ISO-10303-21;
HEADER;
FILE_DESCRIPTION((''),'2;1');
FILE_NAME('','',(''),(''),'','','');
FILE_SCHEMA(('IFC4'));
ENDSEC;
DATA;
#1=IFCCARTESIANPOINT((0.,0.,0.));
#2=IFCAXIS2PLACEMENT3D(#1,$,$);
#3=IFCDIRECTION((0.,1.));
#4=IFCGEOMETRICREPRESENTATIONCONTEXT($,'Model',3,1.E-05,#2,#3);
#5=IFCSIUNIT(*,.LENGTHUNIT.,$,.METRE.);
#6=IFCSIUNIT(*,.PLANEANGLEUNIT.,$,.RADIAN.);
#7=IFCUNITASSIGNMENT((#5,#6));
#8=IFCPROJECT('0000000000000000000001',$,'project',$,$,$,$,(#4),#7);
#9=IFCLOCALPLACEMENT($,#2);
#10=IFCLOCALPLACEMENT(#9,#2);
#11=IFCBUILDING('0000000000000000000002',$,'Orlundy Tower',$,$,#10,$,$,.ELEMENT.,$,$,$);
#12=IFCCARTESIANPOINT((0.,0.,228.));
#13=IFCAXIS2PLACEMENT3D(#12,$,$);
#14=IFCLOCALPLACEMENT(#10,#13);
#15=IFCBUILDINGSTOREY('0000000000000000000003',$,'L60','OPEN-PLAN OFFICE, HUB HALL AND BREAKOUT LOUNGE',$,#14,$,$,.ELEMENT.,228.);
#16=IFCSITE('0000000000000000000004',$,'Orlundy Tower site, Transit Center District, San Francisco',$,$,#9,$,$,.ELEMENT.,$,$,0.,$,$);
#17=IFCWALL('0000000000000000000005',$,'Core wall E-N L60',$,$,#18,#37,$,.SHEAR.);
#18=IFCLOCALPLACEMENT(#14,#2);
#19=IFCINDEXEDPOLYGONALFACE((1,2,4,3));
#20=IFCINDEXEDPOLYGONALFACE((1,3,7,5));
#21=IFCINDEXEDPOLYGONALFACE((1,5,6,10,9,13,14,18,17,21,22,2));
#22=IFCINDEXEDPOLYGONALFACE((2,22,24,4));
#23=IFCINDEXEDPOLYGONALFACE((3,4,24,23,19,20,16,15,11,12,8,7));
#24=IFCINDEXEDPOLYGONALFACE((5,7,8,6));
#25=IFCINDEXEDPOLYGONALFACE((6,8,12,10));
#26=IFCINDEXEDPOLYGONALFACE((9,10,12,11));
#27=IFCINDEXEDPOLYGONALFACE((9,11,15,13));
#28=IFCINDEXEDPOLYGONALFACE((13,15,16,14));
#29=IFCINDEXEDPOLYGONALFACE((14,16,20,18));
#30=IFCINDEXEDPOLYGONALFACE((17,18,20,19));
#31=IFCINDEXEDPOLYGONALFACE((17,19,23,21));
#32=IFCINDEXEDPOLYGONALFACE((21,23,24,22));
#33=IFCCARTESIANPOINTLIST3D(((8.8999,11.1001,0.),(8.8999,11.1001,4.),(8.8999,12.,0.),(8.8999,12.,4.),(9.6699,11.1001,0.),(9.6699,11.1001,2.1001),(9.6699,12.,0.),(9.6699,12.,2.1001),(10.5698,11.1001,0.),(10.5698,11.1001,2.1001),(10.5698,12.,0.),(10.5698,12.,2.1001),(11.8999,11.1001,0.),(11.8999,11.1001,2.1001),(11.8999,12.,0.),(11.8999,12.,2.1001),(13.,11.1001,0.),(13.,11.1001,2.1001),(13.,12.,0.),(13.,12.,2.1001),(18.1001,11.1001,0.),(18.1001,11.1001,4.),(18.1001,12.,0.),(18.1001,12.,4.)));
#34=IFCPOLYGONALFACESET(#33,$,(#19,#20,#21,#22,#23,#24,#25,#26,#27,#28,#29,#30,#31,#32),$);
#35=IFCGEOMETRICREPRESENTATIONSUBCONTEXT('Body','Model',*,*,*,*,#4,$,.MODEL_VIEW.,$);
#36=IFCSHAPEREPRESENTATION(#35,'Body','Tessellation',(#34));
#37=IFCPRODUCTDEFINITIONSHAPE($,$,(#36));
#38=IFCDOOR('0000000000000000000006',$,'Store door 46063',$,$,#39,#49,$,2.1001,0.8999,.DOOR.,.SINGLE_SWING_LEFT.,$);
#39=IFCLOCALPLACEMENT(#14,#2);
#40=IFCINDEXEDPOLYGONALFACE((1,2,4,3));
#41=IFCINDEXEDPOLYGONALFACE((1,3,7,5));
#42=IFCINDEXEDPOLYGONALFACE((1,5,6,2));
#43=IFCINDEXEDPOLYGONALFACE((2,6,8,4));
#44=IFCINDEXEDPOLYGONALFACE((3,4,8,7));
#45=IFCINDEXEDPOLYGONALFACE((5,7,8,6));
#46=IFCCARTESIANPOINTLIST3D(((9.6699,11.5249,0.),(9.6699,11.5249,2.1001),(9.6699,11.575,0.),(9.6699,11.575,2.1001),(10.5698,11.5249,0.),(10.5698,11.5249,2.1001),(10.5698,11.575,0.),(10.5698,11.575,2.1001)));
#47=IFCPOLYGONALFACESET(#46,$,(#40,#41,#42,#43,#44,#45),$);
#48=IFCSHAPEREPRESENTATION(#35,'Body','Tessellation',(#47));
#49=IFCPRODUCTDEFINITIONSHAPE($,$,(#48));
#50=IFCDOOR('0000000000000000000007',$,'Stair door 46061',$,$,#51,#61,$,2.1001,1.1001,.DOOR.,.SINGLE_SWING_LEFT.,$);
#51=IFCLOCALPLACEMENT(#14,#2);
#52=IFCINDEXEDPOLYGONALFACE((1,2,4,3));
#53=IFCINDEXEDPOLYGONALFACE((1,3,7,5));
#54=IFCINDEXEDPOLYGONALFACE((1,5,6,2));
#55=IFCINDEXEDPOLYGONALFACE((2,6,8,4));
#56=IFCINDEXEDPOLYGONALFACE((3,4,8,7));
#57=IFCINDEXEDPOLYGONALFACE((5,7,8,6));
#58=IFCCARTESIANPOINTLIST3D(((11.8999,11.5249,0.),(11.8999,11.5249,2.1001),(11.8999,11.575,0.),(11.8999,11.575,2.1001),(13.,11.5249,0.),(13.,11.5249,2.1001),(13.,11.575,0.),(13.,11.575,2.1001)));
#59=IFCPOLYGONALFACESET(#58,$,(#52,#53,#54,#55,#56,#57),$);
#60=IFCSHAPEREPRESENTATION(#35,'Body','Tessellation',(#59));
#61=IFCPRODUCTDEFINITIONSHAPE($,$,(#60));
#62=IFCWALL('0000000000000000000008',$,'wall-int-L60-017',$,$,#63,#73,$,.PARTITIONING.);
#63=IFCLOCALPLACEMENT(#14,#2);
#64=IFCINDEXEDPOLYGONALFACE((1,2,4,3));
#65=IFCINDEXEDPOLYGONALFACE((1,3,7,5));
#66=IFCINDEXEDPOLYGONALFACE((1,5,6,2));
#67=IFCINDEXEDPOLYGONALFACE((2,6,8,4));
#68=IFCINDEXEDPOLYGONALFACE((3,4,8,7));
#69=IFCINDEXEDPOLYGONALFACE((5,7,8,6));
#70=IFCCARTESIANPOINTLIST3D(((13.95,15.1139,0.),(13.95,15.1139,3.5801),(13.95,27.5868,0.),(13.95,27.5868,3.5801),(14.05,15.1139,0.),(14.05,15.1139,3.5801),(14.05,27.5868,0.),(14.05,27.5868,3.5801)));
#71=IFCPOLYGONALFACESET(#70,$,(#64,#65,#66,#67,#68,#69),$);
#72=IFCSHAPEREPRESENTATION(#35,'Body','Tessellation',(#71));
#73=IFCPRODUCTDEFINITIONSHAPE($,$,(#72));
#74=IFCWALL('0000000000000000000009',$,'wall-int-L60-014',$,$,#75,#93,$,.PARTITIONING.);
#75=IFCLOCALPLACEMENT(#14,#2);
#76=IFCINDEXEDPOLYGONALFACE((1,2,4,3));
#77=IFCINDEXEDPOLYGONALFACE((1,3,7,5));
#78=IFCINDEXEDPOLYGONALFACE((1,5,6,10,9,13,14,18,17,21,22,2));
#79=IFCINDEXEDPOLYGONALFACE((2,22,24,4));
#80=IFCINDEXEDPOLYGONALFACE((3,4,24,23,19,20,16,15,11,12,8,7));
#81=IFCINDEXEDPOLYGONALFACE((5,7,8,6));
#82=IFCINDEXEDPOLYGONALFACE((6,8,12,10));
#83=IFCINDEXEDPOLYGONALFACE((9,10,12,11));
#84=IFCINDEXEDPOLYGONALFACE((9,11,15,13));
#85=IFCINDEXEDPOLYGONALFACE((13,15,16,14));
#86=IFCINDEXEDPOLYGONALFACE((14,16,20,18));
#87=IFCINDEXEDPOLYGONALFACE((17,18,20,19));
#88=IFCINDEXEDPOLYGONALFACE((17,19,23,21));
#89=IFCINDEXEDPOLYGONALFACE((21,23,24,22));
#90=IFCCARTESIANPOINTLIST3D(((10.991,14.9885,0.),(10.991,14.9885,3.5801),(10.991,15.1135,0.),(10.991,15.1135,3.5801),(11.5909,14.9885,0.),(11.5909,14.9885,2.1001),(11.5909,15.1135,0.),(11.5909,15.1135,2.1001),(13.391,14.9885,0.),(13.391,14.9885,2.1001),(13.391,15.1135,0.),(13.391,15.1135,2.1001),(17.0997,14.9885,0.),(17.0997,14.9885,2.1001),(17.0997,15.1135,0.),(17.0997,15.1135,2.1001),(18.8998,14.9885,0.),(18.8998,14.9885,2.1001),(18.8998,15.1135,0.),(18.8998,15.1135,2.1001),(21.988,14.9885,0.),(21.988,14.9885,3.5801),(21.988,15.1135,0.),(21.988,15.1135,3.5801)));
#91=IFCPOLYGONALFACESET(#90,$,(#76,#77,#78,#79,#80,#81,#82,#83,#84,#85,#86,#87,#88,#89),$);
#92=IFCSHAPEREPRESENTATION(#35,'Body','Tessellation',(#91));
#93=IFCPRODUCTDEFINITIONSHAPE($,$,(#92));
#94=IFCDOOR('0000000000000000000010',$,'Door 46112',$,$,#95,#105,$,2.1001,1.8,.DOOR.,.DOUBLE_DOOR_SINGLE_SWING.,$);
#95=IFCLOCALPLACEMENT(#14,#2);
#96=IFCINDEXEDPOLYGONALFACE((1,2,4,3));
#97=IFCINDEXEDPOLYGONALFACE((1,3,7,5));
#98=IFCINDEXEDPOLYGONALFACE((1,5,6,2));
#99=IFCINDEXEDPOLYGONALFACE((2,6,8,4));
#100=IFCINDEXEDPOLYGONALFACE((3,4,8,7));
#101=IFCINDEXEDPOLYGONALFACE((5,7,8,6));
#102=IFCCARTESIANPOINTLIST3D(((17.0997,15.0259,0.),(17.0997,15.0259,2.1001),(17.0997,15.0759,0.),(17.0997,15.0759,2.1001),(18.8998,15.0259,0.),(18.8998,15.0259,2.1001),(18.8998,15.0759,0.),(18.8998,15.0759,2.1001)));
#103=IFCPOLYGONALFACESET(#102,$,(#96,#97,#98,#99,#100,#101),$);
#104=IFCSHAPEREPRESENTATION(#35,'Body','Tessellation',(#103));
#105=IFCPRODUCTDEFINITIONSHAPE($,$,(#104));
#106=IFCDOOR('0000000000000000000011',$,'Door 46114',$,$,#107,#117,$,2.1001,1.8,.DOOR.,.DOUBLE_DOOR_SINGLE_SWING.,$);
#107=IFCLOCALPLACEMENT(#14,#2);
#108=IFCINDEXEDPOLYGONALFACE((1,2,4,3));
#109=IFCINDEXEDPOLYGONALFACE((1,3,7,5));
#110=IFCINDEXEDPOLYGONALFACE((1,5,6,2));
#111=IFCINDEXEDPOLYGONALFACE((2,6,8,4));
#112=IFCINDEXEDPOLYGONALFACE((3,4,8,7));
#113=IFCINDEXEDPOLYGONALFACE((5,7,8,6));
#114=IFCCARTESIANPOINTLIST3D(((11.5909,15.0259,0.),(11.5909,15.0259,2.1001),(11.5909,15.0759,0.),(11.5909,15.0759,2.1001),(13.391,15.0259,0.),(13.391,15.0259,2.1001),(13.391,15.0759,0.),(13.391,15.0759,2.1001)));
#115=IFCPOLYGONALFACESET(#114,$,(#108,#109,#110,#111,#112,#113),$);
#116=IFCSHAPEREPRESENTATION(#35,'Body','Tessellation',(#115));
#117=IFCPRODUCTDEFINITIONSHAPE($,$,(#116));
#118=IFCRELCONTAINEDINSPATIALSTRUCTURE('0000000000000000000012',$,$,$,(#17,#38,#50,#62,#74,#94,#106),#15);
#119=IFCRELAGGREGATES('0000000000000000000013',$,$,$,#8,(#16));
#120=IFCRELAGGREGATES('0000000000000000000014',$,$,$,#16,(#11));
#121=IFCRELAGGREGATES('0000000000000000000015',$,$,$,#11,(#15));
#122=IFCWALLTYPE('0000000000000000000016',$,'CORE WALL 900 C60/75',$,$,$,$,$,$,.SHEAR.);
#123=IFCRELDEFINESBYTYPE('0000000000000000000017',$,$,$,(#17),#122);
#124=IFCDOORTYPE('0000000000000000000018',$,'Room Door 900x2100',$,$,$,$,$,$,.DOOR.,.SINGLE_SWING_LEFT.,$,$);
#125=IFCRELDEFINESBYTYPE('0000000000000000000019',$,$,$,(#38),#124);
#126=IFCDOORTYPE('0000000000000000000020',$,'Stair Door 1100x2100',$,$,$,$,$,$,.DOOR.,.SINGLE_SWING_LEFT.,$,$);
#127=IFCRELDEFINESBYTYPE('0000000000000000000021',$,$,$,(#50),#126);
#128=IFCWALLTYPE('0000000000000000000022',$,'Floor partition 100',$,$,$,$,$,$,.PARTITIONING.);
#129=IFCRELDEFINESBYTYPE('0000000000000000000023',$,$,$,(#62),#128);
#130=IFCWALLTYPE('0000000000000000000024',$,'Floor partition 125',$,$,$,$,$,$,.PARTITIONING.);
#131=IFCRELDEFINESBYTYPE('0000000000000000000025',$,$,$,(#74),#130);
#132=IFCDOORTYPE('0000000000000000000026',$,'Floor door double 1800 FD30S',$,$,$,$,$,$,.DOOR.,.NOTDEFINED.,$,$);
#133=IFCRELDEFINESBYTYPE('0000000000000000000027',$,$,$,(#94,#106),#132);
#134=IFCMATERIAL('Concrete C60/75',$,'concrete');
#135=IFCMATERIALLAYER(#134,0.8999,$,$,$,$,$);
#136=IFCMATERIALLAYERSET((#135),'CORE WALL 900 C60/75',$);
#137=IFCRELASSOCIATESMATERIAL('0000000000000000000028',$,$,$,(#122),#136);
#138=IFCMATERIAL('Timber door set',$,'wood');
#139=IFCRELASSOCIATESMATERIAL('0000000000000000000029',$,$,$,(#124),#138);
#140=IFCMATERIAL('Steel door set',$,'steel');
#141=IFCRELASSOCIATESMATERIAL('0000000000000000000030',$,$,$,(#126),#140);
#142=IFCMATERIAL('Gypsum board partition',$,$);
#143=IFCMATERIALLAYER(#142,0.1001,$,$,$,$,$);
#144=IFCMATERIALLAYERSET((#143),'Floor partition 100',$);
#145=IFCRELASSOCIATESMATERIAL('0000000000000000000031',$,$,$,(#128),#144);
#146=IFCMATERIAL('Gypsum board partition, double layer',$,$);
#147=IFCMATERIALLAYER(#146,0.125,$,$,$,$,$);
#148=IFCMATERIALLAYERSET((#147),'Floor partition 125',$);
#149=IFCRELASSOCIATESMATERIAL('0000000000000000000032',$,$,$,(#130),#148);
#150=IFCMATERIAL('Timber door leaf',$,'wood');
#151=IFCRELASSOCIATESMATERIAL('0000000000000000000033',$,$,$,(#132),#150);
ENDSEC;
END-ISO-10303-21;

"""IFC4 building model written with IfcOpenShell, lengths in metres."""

from ifc_helpers import new_model, si_unit, direction, frame, frame_2d, origin, place, context, subcontext, project, spatial, rectangle, extrude, material, layer, layer_set, type_object, element, fill, save


model = new_model("IFC4")

# Units and contexts
model_context = context("Model", 3, precision=1e-05, world=origin(), true_north=direction((0.0, 1.0)))
body_context = subcontext(model_context, "Body", "Model", "MODEL_VIEW")
ifc_project = project(units=[si_unit("LENGTHUNIT", "METRE"), si_unit("PLANEANGLEUNIT", "RADIAN")], contexts=[model_context])

# Site, building, storey
site_placement = place(None, origin())
site = spatial("IfcSite", under=ifc_project, at=site_placement, Name="Orlundy Tower site, Transit Center District, San Francisco", CompositionType="ELEMENT", RefElevation=0.0)
building_placement = place(site_placement, origin())
building = spatial("IfcBuilding", under=site, at=building_placement, Name="Orlundy Tower", CompositionType="ELEMENT")
storey_placement = place(building_placement, frame((0.0, 0.0, 228.0)))
storey = spatial("IfcBuildingStorey", under=building, at=storey_placement, Name="L60", Description="OPEN-PLAN OFFICE, HUB HALL AND BREAKOUT LOUNGE", CompositionType="ELEMENT", Elevation=228.0)

# Wall, openings, doors
ifc_material_1 = material(Name="Concrete C60/75", Category="concrete")
ifc_layer_1 = layer(ifc_material_1, 0.8999)
ifc_layer_set_1 = layer_set([ifc_layer_1], Name="CORE WALL 900 C60/75")
wall_type_1 = type_object("IfcWallType", Name="CORE WALL 900 C60/75", PredefinedType="SHEAR", material=ifc_layer_set_1)
wall_1_placement = place(storey_placement, frame((8.8999, 11.55, 0.0), z_axis=(0.0, 0.0, 1.0), x_axis=(1.0, 0.0, 0.0)))
wall_1 = element("IfcWall", 1, at=wall_1_placement, inside=storey, type_object=wall_type_1, Name="Core wall E-N L60", PredefinedType="SHEAR", context=body_context, shape_type="SweptSolid", body=[
    extrude(rectangle(XDim=9.2002, YDim=0.8999, at=frame_2d((4.6001, 0.0))), origin(), (0.0, 0.0, 1.0), 4.0),
])
opening_1_placement = place(wall_1_placement, frame((3.0, 0.0, 0.0)))
opening_1 = element("IfcOpeningElement", 2, at=opening_1_placement, cuts=wall_1, PredefinedType="OPENING", context=body_context, shape_type="SweptSolid", body=[
    extrude(rectangle(XDim=1.1001, YDim=2.1001, at=frame_2d((0.55, 1.05))), frame((0.0, 0.46, 0.0), z_axis=(0.0, -1.0, 0.0), x_axis=(1.0, 0.0, 0.0)), (0.0, 0.0, 1.0), 0.9199),
])
opening_2_placement = place(wall_1_placement, frame((0.77, 0.0, 0.0)))
opening_2 = element("IfcOpeningElement", 3, at=opening_2_placement, cuts=wall_1, PredefinedType="OPENING", context=body_context, shape_type="SweptSolid", body=[
    extrude(rectangle(XDim=0.8999, YDim=2.1001, at=frame_2d((0.45, 1.05))), frame((0.0, 0.46, 0.0), z_axis=(0.0, -1.0, 0.0), x_axis=(1.0, 0.0, 0.0)), (0.0, 0.0, 1.0), 0.9199),
])
ifc_material_2 = material(Name="Timber door set", Category="wood")
door_type_1 = type_object("IfcDoorType", Name="Room Door 900x2100", OperationType="SINGLE_SWING_LEFT", PredefinedType="DOOR", material=ifc_material_2)
door_1_placement = place(opening_2_placement, origin())
door_1 = element("IfcDoor", 4, at=door_1_placement, inside=storey, type_object=door_type_1, Name="Store door 46063", OperationType="SINGLE_SWING_LEFT", OverallHeight=2.1001, OverallWidth=0.8999, PredefinedType="DOOR", context=body_context, shape_type="SweptSolid", body=[
    extrude(rectangle(XDim=0.8999, YDim=2.1001, at=frame_2d((0.45, 1.05))), frame((0.0, 0.0249, 0.0), z_axis=(0.0, -1.0, 0.0), x_axis=(1.0, 0.0, 0.0)), (0.0, 0.0, 1.0), 0.05),
])
fill(opening_2, door_1)
ifc_material_3 = material(Name="Steel door set", Category="steel")
door_type_2 = type_object("IfcDoorType", Name="Stair Door 1100x2100", OperationType="SINGLE_SWING_LEFT", PredefinedType="DOOR", material=ifc_material_3)
door_2_placement = place(opening_1_placement, origin())
door_2 = element("IfcDoor", 5, at=door_2_placement, inside=storey, type_object=door_type_2, Name="Stair door 46061", OperationType="SINGLE_SWING_LEFT", OverallHeight=2.1001, OverallWidth=1.1001, PredefinedType="DOOR", context=body_context, shape_type="SweptSolid", body=[
    extrude(rectangle(XDim=1.1001, YDim=2.1001, at=frame_2d((0.55, 1.05))), frame((0.0, 0.0249, 0.0), z_axis=(0.0, -1.0, 0.0), x_axis=(1.0, 0.0, 0.0)), (0.0, 0.0, 1.0), 0.05),
])
fill(opening_1, door_2)

# Wall
ifc_material_4 = material(Name="Gypsum board partition")
ifc_layer_2 = layer(ifc_material_4, 0.1001)
ifc_layer_set_2 = layer_set([ifc_layer_2], Name="Floor partition 100")
wall_type_2 = type_object("IfcWallType", Name="Floor partition 100", PredefinedType="PARTITIONING", material=ifc_layer_set_2)
wall_2_placement = place(storey_placement, frame((14.0, 15.114, 0.0), z_axis=(0.0, 0.0, 1.0), x_axis=(0.0, 1.0, 0.0)))
element("IfcWall", 6, at=wall_2_placement, inside=storey, type_object=wall_type_2, Name="wall-int-L60-017", PredefinedType="PARTITIONING", context=body_context, shape_type="SweptSolid", body=[
    extrude(rectangle(XDim=12.4729, YDim=0.1001, at=frame_2d((6.2363, 0.0))), origin(), (0.0, 0.0, 1.0), 3.5801),
])

# Wall, openings, doors
ifc_material_5 = material(Name="Gypsum board partition, double layer")
ifc_layer_3 = layer(ifc_material_5, 0.125)
ifc_layer_set_3 = layer_set([ifc_layer_3], Name="Floor partition 125")
wall_type_3 = type_object("IfcWallType", Name="Floor partition 125", PredefinedType="PARTITIONING", material=ifc_layer_set_3)
wall_3_placement = place(storey_placement, frame((10.991, 15.051, 0.0), z_axis=(0.0, 0.0, 1.0), x_axis=(1.0, 0.0, 0.0)))
wall_3 = element("IfcWall", 7, at=wall_3_placement, inside=storey, type_object=wall_type_3, Name="wall-int-L60-014", PredefinedType="PARTITIONING", context=body_context, shape_type="SweptSolid", body=[
    extrude(rectangle(XDim=10.9971, YDim=0.125, at=frame_2d((5.4985, 0.0))), origin(), (0.0, 0.0, 1.0), 3.5801),
])
opening_3_placement = place(wall_3_placement, frame((6.1089, 0.0, 0.0)))
opening_3 = element("IfcOpeningElement", 8, at=opening_3_placement, cuts=wall_3, PredefinedType="OPENING", context=body_context, shape_type="SweptSolid", body=[
    extrude(rectangle(XDim=1.8, YDim=2.1001, at=frame_2d((0.8999, 1.05))), frame((0.0, 0.0725, 0.0), z_axis=(0.0, -1.0, 0.0), x_axis=(1.0, 0.0, 0.0)), (0.0, 0.0, 1.0), 0.145),
])
opening_4_placement = place(wall_3_placement, frame((0.6001, 0.0, 0.0)))
opening_4 = element("IfcOpeningElement", 9, at=opening_4_placement, cuts=wall_3, PredefinedType="OPENING", context=body_context, shape_type="SweptSolid", body=[
    extrude(rectangle(XDim=1.8, YDim=2.1001, at=frame_2d((0.8999, 1.05))), frame((0.0, 0.0725, 0.0), z_axis=(0.0, -1.0, 0.0), x_axis=(1.0, 0.0, 0.0)), (0.0, 0.0, 1.0), 0.145),
])
ifc_material_6 = material(Name="Timber door leaf", Category="wood")
door_type_3 = type_object("IfcDoorType", Name="Floor door double 1800 FD30S", OperationType="NOTDEFINED", PredefinedType="DOOR", material=ifc_material_6)
door_3_placement = place(opening_3_placement, origin())
door_3 = element("IfcDoor", 10, at=door_3_placement, inside=storey, type_object=door_type_3, Name="Door 46112", OperationType="DOUBLE_DOOR_SINGLE_SWING", OverallHeight=2.1001, OverallWidth=1.8, PredefinedType="DOOR", context=body_context, shape_type="SweptSolid", body=[
    extrude(rectangle(XDim=1.8, YDim=2.1001, at=frame_2d((0.8999, 1.05))), frame((0.0, 0.0249, 0.0), z_axis=(0.0, -1.0, 0.0), x_axis=(1.0, 0.0, 0.0)), (0.0, 0.0, 1.0), 0.05),
])
fill(opening_3, door_3)
door_4_placement = place(opening_4_placement, origin())
door_4 = element("IfcDoor", 11, at=door_4_placement, inside=storey, type_object=door_type_3, Name="Door 46114", OperationType="DOUBLE_DOOR_SINGLE_SWING", OverallHeight=2.1001, OverallWidth=1.8, PredefinedType="DOOR", context=body_context, shape_type="SweptSolid", body=[
    extrude(rectangle(XDim=1.8, YDim=2.1001, at=frame_2d((0.8999, 1.05))), frame((0.0, 0.0249, 0.0), z_axis=(0.0, -1.0, 0.0), x_axis=(1.0, 0.0, 0.0)), (0.0, 0.0, 1.0), 0.05),
])
fill(opening_4, door_4)

save(model, "model.ifc")
